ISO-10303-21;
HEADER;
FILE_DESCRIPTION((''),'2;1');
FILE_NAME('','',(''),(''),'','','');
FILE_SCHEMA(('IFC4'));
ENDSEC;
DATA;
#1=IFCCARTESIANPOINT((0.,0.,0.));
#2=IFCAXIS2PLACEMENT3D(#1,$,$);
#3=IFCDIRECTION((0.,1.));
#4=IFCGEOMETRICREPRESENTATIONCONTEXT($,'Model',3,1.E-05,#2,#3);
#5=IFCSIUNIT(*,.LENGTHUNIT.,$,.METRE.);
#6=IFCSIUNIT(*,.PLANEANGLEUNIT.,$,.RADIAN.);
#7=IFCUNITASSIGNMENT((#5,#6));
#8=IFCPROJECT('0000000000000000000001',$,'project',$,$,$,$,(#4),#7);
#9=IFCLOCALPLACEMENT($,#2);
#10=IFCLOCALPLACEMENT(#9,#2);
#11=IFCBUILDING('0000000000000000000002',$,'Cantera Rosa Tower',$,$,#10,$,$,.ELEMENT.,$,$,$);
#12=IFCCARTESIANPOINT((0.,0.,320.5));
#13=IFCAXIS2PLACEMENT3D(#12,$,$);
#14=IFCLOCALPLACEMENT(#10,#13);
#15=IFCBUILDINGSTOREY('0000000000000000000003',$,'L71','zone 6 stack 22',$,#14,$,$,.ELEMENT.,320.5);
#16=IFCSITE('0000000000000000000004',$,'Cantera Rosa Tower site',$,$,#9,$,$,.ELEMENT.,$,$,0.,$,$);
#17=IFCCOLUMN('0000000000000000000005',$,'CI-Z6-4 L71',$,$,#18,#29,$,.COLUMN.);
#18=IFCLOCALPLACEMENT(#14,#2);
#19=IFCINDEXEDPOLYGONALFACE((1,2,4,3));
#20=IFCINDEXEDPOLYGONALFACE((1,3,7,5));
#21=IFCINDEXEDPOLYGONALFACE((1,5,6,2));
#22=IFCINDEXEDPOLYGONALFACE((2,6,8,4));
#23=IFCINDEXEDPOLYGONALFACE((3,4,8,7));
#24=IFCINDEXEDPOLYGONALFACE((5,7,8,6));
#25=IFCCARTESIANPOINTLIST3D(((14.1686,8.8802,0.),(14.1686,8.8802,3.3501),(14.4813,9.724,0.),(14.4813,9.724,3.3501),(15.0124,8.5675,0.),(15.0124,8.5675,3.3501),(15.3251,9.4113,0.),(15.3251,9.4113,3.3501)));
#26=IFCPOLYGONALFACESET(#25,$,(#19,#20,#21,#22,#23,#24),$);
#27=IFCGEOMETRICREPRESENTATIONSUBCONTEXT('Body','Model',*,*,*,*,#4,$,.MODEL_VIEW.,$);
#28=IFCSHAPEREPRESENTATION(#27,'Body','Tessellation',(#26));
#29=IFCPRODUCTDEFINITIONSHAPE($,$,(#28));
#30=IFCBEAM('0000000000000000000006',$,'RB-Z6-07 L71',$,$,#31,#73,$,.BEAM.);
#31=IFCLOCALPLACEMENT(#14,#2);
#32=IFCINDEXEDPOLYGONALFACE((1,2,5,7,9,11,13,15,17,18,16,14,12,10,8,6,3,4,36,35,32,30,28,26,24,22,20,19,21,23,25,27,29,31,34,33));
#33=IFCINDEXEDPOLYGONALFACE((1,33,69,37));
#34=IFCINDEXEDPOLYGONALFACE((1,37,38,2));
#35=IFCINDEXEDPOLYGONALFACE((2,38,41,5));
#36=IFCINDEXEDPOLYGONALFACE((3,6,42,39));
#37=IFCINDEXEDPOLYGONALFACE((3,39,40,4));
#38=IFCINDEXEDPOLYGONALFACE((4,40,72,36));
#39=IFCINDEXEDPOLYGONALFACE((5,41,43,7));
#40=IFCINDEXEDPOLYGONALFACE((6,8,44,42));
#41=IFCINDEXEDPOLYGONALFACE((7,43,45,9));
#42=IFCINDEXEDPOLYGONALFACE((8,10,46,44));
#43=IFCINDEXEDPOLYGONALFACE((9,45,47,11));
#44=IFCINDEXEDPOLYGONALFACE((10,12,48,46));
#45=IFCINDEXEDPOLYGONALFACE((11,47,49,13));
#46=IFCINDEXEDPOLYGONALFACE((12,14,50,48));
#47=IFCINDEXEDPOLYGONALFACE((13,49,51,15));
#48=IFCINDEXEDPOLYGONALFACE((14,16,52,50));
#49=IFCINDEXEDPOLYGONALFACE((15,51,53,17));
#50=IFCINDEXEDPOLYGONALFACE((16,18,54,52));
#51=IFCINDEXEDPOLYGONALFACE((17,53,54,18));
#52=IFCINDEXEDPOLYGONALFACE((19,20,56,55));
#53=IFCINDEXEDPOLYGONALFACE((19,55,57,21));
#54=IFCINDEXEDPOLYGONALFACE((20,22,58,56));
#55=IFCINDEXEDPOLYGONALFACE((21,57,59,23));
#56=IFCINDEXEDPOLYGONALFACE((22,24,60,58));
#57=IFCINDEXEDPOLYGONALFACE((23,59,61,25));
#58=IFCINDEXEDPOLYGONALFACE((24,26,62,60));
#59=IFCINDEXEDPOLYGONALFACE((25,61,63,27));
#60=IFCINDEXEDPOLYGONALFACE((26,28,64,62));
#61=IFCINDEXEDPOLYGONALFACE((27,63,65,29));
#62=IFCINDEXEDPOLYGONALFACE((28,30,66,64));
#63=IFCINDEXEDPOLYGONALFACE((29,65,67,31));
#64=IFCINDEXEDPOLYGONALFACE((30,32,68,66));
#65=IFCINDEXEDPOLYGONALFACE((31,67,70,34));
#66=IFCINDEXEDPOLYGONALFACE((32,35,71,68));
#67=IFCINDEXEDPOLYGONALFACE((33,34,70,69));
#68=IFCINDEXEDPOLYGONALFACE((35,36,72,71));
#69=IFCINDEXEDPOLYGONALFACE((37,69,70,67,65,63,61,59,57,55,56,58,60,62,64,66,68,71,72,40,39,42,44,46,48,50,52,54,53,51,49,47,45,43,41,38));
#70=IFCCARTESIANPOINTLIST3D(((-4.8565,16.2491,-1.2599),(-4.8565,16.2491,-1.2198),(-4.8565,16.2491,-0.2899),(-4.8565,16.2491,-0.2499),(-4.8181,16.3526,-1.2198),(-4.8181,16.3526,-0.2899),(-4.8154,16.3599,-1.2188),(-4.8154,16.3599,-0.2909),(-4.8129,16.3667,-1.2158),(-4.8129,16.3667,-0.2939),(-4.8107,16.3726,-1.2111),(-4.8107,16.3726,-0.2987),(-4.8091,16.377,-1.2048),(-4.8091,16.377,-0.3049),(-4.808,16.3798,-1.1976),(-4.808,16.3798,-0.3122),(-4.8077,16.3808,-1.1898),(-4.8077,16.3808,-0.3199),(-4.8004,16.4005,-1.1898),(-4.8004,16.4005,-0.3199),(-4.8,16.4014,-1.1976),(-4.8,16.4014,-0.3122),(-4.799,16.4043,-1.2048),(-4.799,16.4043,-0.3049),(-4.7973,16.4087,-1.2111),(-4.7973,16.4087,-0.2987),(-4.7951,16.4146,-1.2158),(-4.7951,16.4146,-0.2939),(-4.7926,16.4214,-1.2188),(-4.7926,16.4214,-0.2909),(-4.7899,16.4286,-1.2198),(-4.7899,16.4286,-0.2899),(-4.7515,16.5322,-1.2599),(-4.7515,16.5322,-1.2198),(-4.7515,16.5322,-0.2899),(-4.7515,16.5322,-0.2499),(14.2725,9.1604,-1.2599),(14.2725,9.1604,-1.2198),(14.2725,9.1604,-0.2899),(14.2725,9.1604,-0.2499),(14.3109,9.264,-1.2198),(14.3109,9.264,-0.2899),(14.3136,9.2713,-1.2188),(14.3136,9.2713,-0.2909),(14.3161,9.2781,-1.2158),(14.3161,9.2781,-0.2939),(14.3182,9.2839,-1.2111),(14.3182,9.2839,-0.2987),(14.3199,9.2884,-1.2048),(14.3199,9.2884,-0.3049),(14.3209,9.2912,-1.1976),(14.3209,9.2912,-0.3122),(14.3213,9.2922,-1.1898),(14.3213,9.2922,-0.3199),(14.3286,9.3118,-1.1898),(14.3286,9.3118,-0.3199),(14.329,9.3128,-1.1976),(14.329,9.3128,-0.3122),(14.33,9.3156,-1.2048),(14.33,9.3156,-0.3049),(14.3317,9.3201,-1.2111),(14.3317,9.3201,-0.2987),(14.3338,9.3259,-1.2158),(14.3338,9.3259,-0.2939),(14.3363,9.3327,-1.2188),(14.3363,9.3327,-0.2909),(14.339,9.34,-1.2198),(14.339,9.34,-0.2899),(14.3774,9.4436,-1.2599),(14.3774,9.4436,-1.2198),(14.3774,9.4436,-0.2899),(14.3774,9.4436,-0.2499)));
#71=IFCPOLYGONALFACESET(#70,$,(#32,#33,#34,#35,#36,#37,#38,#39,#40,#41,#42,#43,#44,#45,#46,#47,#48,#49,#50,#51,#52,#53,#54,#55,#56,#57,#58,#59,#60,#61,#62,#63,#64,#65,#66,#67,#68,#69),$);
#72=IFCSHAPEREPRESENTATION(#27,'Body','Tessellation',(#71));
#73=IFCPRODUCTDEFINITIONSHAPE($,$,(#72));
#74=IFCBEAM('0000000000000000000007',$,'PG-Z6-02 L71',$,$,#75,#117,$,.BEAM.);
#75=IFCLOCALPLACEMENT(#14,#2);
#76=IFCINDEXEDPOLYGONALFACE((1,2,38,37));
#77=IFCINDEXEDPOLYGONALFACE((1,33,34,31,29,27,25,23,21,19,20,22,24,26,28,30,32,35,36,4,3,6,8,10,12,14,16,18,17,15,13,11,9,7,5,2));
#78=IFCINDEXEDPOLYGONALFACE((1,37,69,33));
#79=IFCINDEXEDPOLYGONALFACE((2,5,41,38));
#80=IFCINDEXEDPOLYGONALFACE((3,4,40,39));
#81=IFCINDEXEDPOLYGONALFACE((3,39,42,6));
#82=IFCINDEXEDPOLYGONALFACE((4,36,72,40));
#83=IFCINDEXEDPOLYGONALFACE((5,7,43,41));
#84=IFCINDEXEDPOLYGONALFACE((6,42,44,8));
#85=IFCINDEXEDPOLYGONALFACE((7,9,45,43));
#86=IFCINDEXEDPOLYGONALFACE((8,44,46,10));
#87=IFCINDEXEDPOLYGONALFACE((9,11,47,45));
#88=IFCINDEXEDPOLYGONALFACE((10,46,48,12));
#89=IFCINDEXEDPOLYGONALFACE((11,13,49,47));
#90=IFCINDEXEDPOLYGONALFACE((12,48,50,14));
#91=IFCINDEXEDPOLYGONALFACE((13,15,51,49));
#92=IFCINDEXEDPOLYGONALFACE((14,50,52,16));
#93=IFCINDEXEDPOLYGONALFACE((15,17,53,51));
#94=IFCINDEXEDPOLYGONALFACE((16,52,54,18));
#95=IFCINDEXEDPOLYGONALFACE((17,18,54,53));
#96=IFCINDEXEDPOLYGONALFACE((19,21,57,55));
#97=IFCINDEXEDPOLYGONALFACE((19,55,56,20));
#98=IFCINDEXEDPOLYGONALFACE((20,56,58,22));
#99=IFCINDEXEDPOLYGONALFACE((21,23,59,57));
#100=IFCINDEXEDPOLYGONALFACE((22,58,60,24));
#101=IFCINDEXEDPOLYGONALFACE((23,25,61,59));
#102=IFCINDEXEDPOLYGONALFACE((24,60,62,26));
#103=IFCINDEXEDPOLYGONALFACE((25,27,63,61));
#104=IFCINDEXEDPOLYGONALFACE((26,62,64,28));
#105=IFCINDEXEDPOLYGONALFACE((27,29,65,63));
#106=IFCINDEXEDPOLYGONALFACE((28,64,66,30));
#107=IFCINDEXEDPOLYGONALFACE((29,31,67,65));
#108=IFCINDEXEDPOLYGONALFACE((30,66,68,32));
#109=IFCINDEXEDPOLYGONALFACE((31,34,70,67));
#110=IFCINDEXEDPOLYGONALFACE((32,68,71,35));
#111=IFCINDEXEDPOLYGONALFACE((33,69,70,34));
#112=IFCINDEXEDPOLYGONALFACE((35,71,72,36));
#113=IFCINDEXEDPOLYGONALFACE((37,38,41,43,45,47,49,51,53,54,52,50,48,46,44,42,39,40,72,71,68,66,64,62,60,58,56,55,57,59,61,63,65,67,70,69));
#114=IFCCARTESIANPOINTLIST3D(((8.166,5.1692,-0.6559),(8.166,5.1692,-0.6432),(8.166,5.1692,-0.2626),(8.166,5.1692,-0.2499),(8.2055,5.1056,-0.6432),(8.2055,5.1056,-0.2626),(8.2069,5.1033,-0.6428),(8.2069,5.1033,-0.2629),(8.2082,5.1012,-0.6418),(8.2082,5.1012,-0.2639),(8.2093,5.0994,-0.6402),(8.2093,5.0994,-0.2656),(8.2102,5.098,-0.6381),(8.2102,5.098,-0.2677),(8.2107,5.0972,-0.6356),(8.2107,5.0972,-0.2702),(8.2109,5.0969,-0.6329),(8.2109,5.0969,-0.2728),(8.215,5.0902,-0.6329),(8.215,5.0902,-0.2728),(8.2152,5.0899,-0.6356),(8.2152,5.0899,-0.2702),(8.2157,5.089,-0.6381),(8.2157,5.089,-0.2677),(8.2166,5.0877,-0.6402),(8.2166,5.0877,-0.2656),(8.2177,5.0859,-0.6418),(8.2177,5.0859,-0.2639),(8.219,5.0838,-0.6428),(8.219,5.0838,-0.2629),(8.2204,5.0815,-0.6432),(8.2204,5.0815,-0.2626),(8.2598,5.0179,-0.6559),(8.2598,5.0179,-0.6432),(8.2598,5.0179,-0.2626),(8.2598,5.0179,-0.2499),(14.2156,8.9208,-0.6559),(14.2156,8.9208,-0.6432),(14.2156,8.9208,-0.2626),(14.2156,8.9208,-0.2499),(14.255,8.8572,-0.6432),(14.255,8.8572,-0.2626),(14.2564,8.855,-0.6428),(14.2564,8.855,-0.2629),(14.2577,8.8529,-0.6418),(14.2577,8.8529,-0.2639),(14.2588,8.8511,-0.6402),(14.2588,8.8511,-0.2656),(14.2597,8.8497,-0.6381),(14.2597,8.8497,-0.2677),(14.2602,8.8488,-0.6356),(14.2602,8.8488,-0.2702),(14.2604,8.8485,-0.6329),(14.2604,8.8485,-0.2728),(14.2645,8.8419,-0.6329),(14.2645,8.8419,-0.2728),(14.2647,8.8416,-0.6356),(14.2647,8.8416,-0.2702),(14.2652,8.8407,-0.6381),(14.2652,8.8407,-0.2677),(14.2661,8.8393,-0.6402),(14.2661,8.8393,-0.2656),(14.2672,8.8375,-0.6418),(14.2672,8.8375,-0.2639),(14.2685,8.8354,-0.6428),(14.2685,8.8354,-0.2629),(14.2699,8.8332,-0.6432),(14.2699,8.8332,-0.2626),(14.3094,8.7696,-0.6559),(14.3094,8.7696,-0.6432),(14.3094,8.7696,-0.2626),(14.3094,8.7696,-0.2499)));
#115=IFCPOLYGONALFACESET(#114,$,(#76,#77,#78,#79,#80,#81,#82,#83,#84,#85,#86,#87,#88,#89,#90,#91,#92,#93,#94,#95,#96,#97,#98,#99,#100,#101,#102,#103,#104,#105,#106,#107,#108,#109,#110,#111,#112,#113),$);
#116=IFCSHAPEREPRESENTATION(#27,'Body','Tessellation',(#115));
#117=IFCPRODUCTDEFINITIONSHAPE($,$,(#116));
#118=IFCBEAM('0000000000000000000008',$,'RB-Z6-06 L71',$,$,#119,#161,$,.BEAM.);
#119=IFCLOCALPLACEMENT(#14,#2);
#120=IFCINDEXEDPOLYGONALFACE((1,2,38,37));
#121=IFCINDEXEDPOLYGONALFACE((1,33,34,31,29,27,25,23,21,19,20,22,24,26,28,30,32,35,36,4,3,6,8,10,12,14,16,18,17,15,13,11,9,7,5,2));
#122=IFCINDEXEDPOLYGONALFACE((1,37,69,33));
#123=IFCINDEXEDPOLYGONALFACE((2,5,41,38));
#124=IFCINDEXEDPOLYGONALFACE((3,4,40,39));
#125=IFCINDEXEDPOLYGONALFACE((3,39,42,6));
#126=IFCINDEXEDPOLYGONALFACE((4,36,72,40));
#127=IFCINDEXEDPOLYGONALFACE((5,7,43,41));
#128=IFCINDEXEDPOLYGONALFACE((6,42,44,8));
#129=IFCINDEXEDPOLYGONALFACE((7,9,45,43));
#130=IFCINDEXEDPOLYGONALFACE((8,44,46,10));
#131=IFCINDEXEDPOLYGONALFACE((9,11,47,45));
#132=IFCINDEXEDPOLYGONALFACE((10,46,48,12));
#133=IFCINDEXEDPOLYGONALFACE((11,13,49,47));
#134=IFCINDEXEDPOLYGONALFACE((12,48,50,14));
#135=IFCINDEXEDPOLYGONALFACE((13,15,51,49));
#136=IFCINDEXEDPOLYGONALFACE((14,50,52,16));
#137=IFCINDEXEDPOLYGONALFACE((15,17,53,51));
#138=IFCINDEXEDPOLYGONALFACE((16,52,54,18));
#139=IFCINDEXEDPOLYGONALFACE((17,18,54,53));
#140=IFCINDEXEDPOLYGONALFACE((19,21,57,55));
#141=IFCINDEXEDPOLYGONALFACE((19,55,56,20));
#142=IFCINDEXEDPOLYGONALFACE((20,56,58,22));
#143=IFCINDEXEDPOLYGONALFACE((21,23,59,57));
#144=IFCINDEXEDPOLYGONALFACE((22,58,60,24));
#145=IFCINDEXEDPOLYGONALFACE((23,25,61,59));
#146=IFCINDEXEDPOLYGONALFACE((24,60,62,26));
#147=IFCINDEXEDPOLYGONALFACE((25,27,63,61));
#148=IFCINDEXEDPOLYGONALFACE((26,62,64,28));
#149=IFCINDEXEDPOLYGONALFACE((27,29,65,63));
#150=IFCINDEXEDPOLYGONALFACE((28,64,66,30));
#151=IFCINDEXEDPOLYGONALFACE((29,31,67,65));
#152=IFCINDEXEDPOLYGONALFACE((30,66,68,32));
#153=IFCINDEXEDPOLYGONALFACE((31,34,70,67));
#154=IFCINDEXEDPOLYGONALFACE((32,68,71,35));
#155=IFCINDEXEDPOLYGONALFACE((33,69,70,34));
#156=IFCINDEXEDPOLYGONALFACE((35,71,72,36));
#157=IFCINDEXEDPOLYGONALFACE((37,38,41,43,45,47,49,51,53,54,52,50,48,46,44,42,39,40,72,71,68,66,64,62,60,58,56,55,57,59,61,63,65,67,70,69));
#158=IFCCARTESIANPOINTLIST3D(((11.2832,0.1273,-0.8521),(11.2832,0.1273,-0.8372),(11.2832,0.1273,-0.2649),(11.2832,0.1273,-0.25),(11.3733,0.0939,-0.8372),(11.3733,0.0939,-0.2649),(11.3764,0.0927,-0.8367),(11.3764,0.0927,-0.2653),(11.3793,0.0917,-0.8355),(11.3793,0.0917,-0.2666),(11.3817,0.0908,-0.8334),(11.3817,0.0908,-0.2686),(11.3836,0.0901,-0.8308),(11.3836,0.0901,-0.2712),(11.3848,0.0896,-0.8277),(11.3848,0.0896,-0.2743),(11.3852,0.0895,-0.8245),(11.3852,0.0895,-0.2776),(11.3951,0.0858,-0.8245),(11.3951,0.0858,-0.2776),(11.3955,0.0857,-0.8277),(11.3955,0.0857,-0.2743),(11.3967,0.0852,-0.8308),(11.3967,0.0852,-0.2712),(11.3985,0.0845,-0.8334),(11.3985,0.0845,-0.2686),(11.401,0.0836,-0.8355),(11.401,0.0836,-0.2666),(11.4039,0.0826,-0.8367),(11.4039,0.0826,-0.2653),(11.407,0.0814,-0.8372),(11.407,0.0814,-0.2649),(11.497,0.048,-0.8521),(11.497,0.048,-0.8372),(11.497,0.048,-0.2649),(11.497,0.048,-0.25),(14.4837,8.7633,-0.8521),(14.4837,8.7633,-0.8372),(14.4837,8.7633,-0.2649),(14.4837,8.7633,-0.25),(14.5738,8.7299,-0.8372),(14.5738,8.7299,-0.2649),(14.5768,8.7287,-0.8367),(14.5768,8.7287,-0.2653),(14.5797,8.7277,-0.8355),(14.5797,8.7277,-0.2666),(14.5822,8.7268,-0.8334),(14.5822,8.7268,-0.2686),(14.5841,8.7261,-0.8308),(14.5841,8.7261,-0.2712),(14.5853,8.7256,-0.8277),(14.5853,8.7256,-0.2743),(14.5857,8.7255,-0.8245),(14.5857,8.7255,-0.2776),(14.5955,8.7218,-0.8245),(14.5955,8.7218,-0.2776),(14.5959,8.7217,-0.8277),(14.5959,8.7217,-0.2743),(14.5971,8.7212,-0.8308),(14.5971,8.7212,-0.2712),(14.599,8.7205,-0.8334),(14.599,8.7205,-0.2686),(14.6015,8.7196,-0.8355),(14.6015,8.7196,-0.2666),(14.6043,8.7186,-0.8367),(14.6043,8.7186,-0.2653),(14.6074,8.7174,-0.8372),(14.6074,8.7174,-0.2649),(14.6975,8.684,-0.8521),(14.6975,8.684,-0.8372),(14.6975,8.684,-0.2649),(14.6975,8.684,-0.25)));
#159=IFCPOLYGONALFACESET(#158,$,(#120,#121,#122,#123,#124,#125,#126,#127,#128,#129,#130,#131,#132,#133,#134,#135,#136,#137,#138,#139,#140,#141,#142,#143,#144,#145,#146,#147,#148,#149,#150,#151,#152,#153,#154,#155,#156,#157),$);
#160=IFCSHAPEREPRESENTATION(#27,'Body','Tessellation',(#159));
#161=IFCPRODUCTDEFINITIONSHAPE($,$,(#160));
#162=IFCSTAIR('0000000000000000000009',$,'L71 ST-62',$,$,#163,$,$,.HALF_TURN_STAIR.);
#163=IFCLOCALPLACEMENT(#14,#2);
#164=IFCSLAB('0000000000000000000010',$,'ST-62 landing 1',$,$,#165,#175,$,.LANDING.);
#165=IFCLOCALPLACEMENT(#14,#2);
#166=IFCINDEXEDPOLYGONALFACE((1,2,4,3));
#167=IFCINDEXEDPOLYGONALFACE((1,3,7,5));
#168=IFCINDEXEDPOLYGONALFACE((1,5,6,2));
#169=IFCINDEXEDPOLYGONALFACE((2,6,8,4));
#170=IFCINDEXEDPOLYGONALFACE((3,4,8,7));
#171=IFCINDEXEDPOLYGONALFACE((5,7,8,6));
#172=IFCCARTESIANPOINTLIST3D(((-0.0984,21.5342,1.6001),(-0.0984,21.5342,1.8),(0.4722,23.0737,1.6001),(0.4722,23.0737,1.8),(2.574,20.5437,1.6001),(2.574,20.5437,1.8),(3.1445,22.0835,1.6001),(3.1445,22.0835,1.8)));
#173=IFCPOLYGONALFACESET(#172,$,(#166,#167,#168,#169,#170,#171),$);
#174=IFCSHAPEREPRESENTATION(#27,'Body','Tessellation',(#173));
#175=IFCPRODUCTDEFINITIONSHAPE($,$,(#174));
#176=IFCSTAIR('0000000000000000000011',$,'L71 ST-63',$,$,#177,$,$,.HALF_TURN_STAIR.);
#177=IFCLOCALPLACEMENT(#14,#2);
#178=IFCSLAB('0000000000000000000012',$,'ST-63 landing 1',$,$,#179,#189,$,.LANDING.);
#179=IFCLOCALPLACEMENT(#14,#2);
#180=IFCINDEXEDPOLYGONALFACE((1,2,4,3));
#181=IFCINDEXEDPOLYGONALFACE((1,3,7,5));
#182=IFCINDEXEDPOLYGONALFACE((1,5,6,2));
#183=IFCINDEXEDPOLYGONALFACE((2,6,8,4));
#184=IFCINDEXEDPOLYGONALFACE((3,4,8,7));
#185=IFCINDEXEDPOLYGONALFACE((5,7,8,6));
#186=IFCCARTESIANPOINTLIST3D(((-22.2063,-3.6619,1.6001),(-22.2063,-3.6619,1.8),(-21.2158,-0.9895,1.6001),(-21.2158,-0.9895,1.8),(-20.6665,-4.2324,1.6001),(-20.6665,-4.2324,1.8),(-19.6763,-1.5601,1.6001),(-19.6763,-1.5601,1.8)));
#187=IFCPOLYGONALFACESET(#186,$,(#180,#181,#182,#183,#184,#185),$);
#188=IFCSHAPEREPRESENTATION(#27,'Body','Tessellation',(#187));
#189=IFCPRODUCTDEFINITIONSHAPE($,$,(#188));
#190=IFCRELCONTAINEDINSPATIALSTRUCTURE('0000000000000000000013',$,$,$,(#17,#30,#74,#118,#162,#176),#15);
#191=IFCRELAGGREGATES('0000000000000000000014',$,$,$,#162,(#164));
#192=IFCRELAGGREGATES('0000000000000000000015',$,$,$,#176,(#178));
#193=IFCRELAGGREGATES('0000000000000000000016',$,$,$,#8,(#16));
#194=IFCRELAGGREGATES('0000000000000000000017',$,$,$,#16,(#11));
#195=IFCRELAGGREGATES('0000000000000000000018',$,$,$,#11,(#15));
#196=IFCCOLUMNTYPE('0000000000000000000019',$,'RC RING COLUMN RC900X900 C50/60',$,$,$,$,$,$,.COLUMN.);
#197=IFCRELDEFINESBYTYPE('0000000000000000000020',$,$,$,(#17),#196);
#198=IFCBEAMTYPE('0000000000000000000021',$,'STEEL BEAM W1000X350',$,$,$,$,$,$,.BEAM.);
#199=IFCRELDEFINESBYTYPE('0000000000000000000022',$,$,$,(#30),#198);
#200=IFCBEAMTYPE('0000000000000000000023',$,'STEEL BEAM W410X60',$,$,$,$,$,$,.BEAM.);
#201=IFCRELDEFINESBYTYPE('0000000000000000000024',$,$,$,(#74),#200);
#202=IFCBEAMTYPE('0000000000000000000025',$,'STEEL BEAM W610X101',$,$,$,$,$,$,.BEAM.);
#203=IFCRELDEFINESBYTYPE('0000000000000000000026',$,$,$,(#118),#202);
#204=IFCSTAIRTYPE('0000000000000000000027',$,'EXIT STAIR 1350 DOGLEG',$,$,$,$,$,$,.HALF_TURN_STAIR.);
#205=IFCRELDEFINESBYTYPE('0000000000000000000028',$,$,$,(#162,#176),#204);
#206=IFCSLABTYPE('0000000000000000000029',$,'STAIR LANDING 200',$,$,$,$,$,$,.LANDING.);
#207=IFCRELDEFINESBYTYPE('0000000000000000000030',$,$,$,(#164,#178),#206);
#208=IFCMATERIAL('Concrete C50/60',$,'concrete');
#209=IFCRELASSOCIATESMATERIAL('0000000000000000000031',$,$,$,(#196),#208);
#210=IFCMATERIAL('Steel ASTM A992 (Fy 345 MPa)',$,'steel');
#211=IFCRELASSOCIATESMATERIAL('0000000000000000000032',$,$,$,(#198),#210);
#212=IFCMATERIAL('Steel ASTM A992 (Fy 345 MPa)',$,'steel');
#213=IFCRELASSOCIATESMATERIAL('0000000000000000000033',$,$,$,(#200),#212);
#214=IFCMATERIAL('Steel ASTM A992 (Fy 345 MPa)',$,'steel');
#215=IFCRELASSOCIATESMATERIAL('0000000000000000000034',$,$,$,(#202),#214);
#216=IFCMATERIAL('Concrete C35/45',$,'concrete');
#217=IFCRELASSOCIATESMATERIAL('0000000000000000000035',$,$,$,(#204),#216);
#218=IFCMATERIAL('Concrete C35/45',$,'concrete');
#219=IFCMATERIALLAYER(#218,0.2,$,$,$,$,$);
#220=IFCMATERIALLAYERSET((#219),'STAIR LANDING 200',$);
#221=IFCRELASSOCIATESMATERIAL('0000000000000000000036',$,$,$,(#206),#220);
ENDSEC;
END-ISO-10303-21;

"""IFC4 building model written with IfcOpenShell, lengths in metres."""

from ifc_helpers import new_model, si_unit, direction, frame, origin, origin_2d, place, context, subcontext, project, spatial, polyline, rectangle, i_section, outline, extrude, material, layer, layer_set, material_profile, profile_set, type_object, element, aggregate, save


model = new_model("IFC4")

# Units and contexts
model_context = context("Model", 3, precision=1e-05, world=origin(), true_north=direction((0.0, 1.0)))
body_context = subcontext(model_context, "Body", "Model", "MODEL_VIEW")
ifc_project = project(units=[si_unit("LENGTHUNIT", "METRE"), si_unit("PLANEANGLEUNIT", "RADIAN")], contexts=[model_context])

# Site, building, storey
site_placement = place(None, origin())
site = spatial("IfcSite", under=ifc_project, at=site_placement, Name="Cantera Rosa Tower site", CompositionType="ELEMENT", RefElevation=0.0)
building_placement = place(site_placement, origin())
building = spatial("IfcBuilding", under=site, at=building_placement, Name="Cantera Rosa Tower", CompositionType="ELEMENT")
storey_placement = place(building_placement, frame((0.0, 0.0, 320.5)))
storey = spatial("IfcBuildingStorey", under=building, at=storey_placement, Name="L71", Description="zone 6 stack 22", CompositionType="ELEMENT", Elevation=320.5)

# Column
ifc_material_1 = material(Name="Concrete C50/60", Category="concrete")
ifc_material_profile_1 = material_profile(ifc_material_1, rectangle(XDim=0.8999, YDim=0.8999, at=origin_2d()), Name="RC RING COLUMN RC900X900 C50/60")
ifc_profile_set_1 = profile_set([ifc_material_profile_1], Name="Concrete C50/60")
column_type = type_object("IfcColumnType", Name="RC RING COLUMN RC900X900 C50/60", PredefinedType="COLUMN", material=ifc_profile_set_1)
column_placement = place(storey_placement, frame((14.7468, 9.1458, 0.0), z_axis=(0.0, 0.0, 1.0), x_axis=(0.347481, 0.937687, 0.0)))
element("IfcColumn", 1, at=column_placement, inside=storey, type_object=column_type, Name="CI-Z6-4 L71", PredefinedType="COLUMN", context=body_context, shape_type="SweptSolid", body=[
    extrude(rectangle(XDim=0.8999, YDim=0.8999, at=origin_2d()), origin(), (0.0, 0.0, 1.0), 3.3501),
])

# Beams
ifc_material_2 = material(Name="Steel ASTM A992 (Fy 345 MPa)", Category="steel")
ifc_material_profile_2 = material_profile(ifc_material_2, i_section(OverallWidth=0.302, OverallDepth=1.01, WebThickness=0.021, FlangeThickness=0.04, FilletRadius=0.03, at=origin_2d()), Name="W1000X350")
ifc_profile_set_2 = profile_set([ifc_material_profile_2], Name="Steel ASTM A992 (Fy 345 MPa)")
beam_type_1 = type_object("IfcBeamType", Name="STEEL BEAM W1000X350", PredefinedType="BEAM", material=ifc_profile_set_2)
beam_1_placement = place(storey_placement, frame((14.325, 9.302, -0.7549), z_axis=(-0.937687, 0.34748, 0.0), x_axis=(-0.34748, -0.937687, 0.0)))
element("IfcBeam", 2, at=beam_1_placement, inside=storey, type_object=beam_type_1, Name="RB-Z6-07 L71", PredefinedType="BEAM", context=body_context, shape_type="SweptSolid", body=[
    extrude(i_section(OverallWidth=0.302, OverallDepth=1.01, WebThickness=0.021, FlangeThickness=0.04, FilletRadius=0.03, at=origin_2d()), origin(), (0.0, 0.0, 1.0), 20.4001),
])
ifc_material_3 = material(Name="Steel ASTM A992 (Fy 345 MPa)", Category="steel")
ifc_material_profile_3 = material_profile(ifc_material_3, i_section(OverallWidth=0.178, OverallDepth=0.406, WebThickness=0.0078, FlangeThickness=0.0127, FilletRadius=0.0103, at=origin_2d()), Name="W410X60")
ifc_profile_set_3 = profile_set([ifc_material_profile_3], Name="Steel ASTM A992 (Fy 345 MPa)")
beam_type_2 = type_object("IfcBeamType", Name="STEEL BEAM W410X60", PredefinedType="BEAM", material=ifc_profile_set_3)
beam_2_placement = place(storey_placement, frame((14.2625, 8.8452, -0.4529), z_axis=(-0.849841, -0.527039, 0.0), x_axis=(0.527039, -0.849841, 0.0)))
element("IfcBeam", 3, at=beam_2_placement, inside=storey, type_object=beam_type_2, Name="PG-Z6-02 L71", PredefinedType="BEAM", context=body_context, shape_type="SweptSolid", body=[
    extrude(i_section(OverallWidth=0.178, OverallDepth=0.406, WebThickness=0.0078, FlangeThickness=0.0127, FilletRadius=0.0103, at=origin_2d()), origin(), (0.0, 0.0, 1.0), 7.1184),
])
ifc_material_4 = material(Name="Steel ASTM A992 (Fy 345 MPa)", Category="steel")
ifc_material_profile_4 = material_profile(ifc_material_4, i_section(OverallWidth=0.228, OverallDepth=0.6021, WebThickness=0.0105, FlangeThickness=0.0149, FilletRadius=0.0127, at=origin_2d()), Name="W610X101")
ifc_profile_set_4 = profile_set([ifc_material_profile_4], Name="Steel ASTM A992 (Fy 345 MPa)")
beam_type_3 = type_object("IfcBeamType", Name="STEEL BEAM W610X101", PredefinedType="BEAM", material=ifc_profile_set_4)
beam_3_placement = place(storey_placement, frame((11.3901, 0.0876, -0.551), z_axis=(0.347498, 0.937681, 0.0), x_axis=(-0.937681, 0.347498, 0.0)))
element("IfcBeam", 4, at=beam_3_placement, inside=storey, type_object=beam_type_3, Name="RB-Z6-06 L71", PredefinedType="BEAM", context=body_context, shape_type="SweptSolid", body=[
    extrude(i_section(OverallWidth=0.228, OverallDepth=0.6021, WebThickness=0.0105, FlangeThickness=0.0149, FilletRadius=0.0127, at=origin_2d()), origin(), (0.0, 0.0, 1.0), 9.21),
])

# Stairs, slabs
ifc_material_5 = material(Name="Concrete C35/45", Category="concrete")
stair_type_1 = type_object("IfcStairType", Name="EXIT STAIR 1350 DOGLEG", PredefinedType="HALF_TURN_STAIR", material=ifc_material_5)
stair_1_placement = place(storey_placement, origin())
stair_1 = element("IfcStair", 5, at=stair_1_placement, inside=storey, type_object=stair_type_1, Name="L71 ST-62", PredefinedType="HALF_TURN_STAIR")
ifc_material_6 = material(Name="Concrete C35/45", Category="concrete")
ifc_layer_1 = layer(ifc_material_6, 0.2)
ifc_layer_set_1 = layer_set([ifc_layer_1], Name="STAIR LANDING 200")
slab_type = type_object("IfcSlabType", Name="STAIR LANDING 200", PredefinedType="LANDING", material=ifc_layer_set_1)
slab_1_placement = place(storey_placement, frame((0.0, 0.0, 1.6001)))
slab_1 = element("IfcSlab", 6, at=slab_1_placement, type_object=slab_type, Name="ST-62 landing 1", PredefinedType="LANDING", context=body_context, shape_type="SweptSolid", body=[
    extrude(outline(polyline([(2.574, 20.5437), (3.1445, 22.0835), (0.4722, 23.0737), (-0.0984, 21.5342), (2.574, 20.5437)])), origin(), (0.0, 0.0, 1.0), 0.2),
])
aggregate(stair_1, [slab_1])
stair_2_placement = place(storey_placement, origin())
stair_2 = element("IfcStair", 7, at=stair_2_placement, inside=storey, type_object=stair_type_1, Name="L71 ST-63", PredefinedType="HALF_TURN_STAIR")
slab_2_placement = place(storey_placement, frame((0.0, 0.0, 1.6001)))
slab_2 = element("IfcSlab", 8, at=slab_2_placement, type_object=slab_type, Name="ST-63 landing 1", PredefinedType="LANDING", context=body_context, shape_type="SweptSolid", body=[
    extrude(outline(polyline([(-19.6763, -1.5601), (-21.2158, -0.9895), (-22.2063, -3.6619), (-20.6665, -4.2324), (-19.6763, -1.5601)])), origin(), (0.0, 0.0, 1.0), 0.2),
])
aggregate(stair_2, [slab_2])

save(model, "model.ifc")
